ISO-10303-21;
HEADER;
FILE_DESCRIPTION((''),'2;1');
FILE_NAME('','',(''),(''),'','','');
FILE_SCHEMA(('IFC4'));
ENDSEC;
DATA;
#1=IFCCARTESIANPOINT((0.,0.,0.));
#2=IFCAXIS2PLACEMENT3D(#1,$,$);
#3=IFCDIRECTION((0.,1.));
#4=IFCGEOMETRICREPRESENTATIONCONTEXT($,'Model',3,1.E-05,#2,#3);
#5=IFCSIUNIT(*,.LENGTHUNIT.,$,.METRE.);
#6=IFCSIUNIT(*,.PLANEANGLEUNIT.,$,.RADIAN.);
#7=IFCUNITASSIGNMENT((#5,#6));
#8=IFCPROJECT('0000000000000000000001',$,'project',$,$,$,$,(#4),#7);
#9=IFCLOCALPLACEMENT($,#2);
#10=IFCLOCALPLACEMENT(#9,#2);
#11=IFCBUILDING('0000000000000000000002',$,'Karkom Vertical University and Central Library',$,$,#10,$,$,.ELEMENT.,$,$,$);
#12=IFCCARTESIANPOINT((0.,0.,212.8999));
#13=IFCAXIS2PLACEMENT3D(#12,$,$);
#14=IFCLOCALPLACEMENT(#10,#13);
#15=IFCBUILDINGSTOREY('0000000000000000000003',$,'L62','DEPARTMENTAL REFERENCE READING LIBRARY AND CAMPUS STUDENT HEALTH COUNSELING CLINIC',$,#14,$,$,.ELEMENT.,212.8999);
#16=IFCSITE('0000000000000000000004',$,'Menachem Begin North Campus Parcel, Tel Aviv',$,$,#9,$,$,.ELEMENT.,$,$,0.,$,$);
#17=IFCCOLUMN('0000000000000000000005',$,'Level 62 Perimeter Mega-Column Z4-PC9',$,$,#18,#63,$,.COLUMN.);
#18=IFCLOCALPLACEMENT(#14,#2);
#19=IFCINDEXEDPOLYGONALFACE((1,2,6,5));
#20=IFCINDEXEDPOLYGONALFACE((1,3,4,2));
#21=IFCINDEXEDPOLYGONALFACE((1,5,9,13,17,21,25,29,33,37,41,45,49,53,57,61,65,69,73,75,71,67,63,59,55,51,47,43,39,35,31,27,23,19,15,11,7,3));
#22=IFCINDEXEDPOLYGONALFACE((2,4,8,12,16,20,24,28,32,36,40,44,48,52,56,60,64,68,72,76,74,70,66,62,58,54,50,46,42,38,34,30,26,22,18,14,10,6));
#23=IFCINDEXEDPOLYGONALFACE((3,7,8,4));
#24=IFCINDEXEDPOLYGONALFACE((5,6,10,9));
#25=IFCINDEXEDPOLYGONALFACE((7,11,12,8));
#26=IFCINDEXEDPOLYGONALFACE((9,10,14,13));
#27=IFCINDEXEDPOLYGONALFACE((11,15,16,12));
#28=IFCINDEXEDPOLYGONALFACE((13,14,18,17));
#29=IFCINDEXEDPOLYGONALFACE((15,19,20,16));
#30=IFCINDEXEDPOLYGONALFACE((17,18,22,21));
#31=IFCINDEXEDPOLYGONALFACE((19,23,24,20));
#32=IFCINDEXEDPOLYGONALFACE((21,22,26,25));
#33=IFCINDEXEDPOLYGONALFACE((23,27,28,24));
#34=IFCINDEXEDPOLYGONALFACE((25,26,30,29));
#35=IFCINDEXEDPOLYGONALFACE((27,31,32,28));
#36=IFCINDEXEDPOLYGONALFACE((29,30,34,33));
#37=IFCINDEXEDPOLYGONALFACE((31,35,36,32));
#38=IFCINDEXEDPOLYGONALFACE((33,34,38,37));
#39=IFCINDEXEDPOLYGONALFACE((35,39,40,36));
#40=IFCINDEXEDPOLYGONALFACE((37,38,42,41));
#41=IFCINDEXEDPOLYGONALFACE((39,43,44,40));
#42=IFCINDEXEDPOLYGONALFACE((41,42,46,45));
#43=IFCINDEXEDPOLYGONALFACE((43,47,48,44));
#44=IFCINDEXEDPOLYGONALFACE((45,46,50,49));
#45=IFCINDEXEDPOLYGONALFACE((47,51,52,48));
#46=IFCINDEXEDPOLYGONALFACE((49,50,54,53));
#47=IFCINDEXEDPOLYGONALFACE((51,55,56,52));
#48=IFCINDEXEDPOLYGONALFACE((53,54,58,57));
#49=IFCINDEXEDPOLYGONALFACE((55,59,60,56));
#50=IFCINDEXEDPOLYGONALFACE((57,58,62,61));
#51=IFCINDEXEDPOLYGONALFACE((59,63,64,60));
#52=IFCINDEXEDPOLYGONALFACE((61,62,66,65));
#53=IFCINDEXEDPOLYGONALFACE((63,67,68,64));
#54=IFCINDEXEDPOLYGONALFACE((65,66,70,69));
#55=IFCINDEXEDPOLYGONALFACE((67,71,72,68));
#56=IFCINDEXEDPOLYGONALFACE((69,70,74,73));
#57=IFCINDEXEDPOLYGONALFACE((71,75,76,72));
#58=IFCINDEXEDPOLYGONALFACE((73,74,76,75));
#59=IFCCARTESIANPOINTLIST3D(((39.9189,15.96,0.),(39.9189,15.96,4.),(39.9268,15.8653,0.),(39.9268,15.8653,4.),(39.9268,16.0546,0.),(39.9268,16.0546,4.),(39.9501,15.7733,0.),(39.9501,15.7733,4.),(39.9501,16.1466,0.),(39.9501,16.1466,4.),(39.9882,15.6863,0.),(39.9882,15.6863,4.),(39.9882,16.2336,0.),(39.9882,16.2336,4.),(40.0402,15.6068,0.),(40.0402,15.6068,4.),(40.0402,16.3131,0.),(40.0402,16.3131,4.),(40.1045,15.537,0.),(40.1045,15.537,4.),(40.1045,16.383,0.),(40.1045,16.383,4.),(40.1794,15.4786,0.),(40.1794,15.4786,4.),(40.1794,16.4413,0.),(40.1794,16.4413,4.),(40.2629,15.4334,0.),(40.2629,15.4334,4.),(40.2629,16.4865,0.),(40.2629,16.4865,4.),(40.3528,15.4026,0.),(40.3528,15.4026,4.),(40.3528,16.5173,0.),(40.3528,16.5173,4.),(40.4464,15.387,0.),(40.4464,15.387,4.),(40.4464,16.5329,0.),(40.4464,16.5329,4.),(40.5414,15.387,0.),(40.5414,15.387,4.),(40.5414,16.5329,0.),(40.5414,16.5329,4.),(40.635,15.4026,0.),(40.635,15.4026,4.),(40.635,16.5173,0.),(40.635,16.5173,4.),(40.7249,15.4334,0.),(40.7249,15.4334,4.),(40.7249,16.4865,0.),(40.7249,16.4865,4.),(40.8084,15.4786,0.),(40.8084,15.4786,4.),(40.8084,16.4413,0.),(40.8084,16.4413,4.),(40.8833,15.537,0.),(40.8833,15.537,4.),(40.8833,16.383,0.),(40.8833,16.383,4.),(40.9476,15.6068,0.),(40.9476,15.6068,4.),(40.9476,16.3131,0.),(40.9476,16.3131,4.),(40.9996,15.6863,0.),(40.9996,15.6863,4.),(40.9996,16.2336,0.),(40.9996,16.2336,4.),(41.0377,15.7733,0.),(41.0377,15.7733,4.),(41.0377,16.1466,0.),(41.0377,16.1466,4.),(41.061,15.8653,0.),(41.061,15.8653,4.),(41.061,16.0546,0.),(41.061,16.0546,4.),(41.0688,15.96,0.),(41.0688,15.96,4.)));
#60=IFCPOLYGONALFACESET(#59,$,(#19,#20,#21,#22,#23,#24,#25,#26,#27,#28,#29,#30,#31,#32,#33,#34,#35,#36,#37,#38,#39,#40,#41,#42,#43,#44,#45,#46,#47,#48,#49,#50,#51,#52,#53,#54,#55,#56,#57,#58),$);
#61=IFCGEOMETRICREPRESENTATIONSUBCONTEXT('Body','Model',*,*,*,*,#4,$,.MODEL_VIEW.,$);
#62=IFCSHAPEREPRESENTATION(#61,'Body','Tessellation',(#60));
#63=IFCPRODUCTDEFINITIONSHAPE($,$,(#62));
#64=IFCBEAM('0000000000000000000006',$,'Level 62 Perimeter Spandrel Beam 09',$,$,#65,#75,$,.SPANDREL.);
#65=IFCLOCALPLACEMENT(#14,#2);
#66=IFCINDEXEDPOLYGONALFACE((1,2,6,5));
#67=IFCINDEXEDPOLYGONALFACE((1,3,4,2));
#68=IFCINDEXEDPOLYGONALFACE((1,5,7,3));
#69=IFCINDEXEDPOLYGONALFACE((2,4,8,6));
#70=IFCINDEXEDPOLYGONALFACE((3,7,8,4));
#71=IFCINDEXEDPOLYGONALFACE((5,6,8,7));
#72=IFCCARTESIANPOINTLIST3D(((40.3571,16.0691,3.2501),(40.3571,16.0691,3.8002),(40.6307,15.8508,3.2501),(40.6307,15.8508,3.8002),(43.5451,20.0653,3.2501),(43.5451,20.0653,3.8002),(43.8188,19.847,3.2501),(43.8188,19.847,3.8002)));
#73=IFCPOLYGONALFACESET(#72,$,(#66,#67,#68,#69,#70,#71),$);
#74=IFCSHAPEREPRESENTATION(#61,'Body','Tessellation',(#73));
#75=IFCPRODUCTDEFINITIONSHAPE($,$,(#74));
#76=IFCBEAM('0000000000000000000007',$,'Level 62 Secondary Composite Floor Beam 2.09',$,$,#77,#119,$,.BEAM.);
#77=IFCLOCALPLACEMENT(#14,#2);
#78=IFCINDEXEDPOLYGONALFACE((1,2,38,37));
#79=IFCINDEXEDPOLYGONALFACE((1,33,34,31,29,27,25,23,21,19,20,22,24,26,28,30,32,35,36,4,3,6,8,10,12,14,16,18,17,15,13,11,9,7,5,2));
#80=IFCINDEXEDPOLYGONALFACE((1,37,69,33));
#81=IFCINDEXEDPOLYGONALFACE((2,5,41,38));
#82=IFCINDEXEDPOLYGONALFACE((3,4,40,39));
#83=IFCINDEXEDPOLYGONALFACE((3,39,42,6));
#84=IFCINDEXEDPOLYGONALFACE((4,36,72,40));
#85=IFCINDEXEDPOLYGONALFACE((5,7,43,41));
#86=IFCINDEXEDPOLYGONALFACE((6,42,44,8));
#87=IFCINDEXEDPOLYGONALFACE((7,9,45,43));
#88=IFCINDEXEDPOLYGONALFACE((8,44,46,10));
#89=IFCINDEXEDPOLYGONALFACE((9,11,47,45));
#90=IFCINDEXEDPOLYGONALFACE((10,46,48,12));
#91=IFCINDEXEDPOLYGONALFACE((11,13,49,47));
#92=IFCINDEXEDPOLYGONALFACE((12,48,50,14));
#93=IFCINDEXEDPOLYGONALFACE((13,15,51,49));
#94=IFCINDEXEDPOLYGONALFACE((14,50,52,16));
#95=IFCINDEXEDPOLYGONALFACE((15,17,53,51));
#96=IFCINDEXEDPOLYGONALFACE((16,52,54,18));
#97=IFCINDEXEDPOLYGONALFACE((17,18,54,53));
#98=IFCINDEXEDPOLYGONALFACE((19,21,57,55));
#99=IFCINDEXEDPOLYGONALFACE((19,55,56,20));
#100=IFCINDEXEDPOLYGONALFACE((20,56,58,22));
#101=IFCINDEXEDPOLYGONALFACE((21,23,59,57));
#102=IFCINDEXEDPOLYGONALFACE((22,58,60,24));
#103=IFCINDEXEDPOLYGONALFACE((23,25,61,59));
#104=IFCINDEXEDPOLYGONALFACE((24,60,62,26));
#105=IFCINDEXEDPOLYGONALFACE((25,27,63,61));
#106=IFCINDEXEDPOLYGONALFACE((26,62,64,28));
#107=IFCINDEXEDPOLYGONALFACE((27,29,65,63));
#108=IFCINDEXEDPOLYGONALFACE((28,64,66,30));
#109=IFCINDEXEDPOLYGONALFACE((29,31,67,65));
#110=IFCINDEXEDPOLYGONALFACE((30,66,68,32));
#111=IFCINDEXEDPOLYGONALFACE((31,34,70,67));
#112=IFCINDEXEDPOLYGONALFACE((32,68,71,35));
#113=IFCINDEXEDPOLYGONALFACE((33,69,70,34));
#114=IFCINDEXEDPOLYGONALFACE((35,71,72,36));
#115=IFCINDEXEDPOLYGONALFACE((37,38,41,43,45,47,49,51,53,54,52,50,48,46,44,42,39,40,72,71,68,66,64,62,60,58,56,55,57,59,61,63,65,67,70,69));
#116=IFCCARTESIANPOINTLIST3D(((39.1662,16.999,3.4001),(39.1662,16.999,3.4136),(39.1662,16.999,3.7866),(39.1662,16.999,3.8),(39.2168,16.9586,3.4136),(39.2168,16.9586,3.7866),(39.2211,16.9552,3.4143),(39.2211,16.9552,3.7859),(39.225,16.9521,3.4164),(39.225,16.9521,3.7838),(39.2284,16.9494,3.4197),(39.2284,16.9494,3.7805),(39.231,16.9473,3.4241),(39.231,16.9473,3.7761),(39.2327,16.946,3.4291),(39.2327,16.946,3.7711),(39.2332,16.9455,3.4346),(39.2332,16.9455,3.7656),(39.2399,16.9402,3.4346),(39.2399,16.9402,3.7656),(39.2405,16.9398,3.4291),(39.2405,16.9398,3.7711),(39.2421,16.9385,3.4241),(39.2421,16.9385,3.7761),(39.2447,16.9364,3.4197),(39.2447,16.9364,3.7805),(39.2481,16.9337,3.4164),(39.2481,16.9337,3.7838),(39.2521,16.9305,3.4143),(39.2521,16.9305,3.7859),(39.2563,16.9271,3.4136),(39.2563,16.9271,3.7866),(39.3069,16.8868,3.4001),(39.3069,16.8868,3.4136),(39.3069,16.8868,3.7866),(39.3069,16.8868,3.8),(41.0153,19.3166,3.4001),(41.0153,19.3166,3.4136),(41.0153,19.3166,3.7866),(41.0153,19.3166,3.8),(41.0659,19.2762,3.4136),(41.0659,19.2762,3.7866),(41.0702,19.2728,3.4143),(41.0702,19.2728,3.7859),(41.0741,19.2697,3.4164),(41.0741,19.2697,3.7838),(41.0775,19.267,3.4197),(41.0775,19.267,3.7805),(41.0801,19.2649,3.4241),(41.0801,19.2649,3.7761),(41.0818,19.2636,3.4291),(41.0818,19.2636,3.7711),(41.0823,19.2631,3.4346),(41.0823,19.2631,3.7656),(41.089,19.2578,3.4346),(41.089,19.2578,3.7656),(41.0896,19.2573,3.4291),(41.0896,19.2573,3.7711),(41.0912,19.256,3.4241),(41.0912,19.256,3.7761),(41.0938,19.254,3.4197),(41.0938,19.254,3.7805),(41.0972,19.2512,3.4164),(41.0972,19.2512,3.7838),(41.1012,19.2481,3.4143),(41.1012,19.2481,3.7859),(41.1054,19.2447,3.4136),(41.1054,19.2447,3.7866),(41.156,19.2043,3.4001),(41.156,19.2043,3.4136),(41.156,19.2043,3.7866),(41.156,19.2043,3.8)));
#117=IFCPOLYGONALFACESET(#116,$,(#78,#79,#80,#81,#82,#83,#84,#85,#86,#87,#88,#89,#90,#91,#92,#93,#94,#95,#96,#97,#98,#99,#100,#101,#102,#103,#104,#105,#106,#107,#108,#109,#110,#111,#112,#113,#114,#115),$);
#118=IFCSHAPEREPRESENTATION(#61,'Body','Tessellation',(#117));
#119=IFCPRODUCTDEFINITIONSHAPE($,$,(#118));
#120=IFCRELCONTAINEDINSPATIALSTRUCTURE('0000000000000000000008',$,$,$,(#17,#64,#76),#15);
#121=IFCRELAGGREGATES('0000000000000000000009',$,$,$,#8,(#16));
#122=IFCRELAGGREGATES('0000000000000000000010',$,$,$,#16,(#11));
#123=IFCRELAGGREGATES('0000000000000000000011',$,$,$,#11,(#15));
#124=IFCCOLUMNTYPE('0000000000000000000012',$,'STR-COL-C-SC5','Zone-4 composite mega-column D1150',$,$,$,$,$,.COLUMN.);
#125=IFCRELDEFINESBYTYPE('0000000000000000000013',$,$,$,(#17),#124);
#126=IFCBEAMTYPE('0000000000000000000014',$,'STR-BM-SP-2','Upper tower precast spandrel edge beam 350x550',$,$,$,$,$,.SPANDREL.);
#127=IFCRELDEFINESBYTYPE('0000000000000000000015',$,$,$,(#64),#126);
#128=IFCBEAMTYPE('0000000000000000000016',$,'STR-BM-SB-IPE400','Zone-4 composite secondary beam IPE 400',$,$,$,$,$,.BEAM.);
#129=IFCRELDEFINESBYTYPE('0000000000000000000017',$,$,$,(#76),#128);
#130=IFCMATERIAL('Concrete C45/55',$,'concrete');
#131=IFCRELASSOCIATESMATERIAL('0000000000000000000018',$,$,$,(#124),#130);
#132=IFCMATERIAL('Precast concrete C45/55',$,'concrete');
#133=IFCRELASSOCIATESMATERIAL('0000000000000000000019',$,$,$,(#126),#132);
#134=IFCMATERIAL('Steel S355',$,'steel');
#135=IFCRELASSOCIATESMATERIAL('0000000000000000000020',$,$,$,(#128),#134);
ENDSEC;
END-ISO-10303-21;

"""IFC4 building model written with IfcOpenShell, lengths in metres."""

from ifc_helpers import new_model, si_unit, direction, frame, origin, origin_with_axes, origin_2d, place, context, subcontext, project, spatial, rectangle, circle, i_section, extrude, source, transform, mapped, material, material_profile, profile_set, type_object, element, save


model = new_model("IFC4")

# Units and contexts
model_context = context("Model", 3, precision=1e-05, world=origin(), true_north=direction((0.0, 1.0)))
body_context = subcontext(model_context, "Body", "Model", "MODEL_VIEW")
ifc_project = project(units=[si_unit("LENGTHUNIT", "METRE"), si_unit("PLANEANGLEUNIT", "RADIAN")], contexts=[model_context])

# Site, building, storey
site_placement = place(None, origin())
site = spatial("IfcSite", under=ifc_project, at=site_placement, Name="Menachem Begin North Campus Parcel, Tel Aviv", CompositionType="ELEMENT", RefElevation=0.0)
building_placement = place(site_placement, origin())
building = spatial("IfcBuilding", under=site, at=building_placement, Name="Karkom Vertical University and Central Library", CompositionType="ELEMENT")
storey_placement = place(building_placement, frame((0.0, 0.0, 212.8999)))
storey = spatial("IfcBuildingStorey", under=building, at=storey_placement, Name="L62", Description="DEPARTMENTAL REFERENCE READING LIBRARY AND CAMPUS STUDENT HEALTH COUNSELING CLINIC", CompositionType="ELEMENT", Elevation=212.8999)

# Column
ifc_material_1 = material(Name="Concrete C45/55", Category="concrete")
ifc_material_profile_1 = material_profile(ifc_material_1, circle(Radius=0.575, at=origin_2d()), Name="CFT-D1150")
ifc_profile_set_1 = profile_set([ifc_material_profile_1], Name="Concrete C45/55")
column_type = type_object("IfcColumnType", Name="STR-COL-C-SC5", Description="Zone-4 composite mega-column D1150", PredefinedType="COLUMN", material=ifc_profile_set_1)
shared_shape_1 = source(origin_with_axes(), body_context, "Body", "SweptSolid", [
    extrude(circle(Radius=0.575, at=origin_2d()), origin(), (0.0, 0.0, 1.0), 4.0),
])
column_placement = place(storey_placement, frame((40.4939, 15.96, 0.0), z_axis=(0.0, 0.0, 1.0), x_axis=(1.0, 0.0, 0.0)))
element("IfcColumn", 1, at=column_placement, inside=storey, type_object=column_type, Name="Level 62 Perimeter Mega-Column Z4-PC9", PredefinedType="COLUMN", context=body_context, shape_type="MappedRepresentation", body=[
    mapped(shared_shape_1, transform((0.0, 0.0, 0.0), scale=1.0)),
])

# Beams
ifc_material_2 = material(Name="Precast concrete C45/55", Category="concrete")
ifc_material_profile_2 = material_profile(ifc_material_2, rectangle(XDim=0.3501, YDim=0.55, at=origin_2d()), Name="SPB-350x550")
ifc_profile_set_2 = profile_set([ifc_material_profile_2], Name="Precast concrete C45/55")
beam_type_1 = type_object("IfcBeamType", Name="STR-BM-SP-2", Description="Upper tower precast spandrel edge beam 350x550", PredefinedType="SPANDREL", material=ifc_profile_set_2)
shared_shape_2 = source(origin_with_axes(), body_context, "Body", "SweptSolid", [
    extrude(rectangle(XDim=0.3501, YDim=0.55, at=origin_2d()), origin(), (0.0, 0.0, 1.0), 5.1121),
])
beam_1_placement = place(storey_placement, frame((40.4939, 15.96, 3.5251), z_axis=(0.623634, 0.781716, 0.0), x_axis=(-0.781716, 0.623634, 0.0)))
element("IfcBeam", 2, at=beam_1_placement, inside=storey, type_object=beam_type_1, Name="Level 62 Perimeter Spandrel Beam 09", PredefinedType="SPANDREL", context=body_context, shape_type="MappedRepresentation", body=[
    mapped(shared_shape_2, transform((0.0, 0.0, 0.0), scale=1.0)),
])
ifc_material_3 = material(Name="Steel S355", Category="steel")
ifc_material_profile_3 = material_profile(ifc_material_3, i_section(OverallWidth=0.1799, OverallDepth=0.3999, WebThickness=0.0085, FlangeThickness=0.0134, FilletRadius=0.021, at=origin_2d()), Name="IPE 400")
ifc_profile_set_3 = profile_set([ifc_material_profile_3], Name="Steel S355")
beam_type_2 = type_object("IfcBeamType", Name="STR-BM-SB-IPE400", Description="Zone-4 composite secondary beam IPE 400", PredefinedType="BEAM", material=ifc_profile_set_3)
shared_shape_3 = source(origin_with_axes(), body_context, "Body", "SweptSolid", [
    extrude(i_section(OverallWidth=0.1799, OverallDepth=0.3999, WebThickness=0.0085, FlangeThickness=0.0134, FilletRadius=0.021, at=origin_2d()), origin(), (0.0, 0.0, 1.0), 2.9648),
])
beam_2_placement = place(storey_placement, frame((39.2366, 16.9429, 3.6001), z_axis=(0.62367, 0.781688, 0.0), x_axis=(-0.781688, 0.62367, 0.0)))
element("IfcBeam", 3, at=beam_2_placement, inside=storey, type_object=beam_type_2, Name="Level 62 Secondary Composite Floor Beam 2.09", PredefinedType="BEAM", context=body_context, shape_type="MappedRepresentation", body=[
    mapped(shared_shape_3, transform((0.0, 0.0, 0.0), scale=1.0)),
])

save(model, "model.ifc")
